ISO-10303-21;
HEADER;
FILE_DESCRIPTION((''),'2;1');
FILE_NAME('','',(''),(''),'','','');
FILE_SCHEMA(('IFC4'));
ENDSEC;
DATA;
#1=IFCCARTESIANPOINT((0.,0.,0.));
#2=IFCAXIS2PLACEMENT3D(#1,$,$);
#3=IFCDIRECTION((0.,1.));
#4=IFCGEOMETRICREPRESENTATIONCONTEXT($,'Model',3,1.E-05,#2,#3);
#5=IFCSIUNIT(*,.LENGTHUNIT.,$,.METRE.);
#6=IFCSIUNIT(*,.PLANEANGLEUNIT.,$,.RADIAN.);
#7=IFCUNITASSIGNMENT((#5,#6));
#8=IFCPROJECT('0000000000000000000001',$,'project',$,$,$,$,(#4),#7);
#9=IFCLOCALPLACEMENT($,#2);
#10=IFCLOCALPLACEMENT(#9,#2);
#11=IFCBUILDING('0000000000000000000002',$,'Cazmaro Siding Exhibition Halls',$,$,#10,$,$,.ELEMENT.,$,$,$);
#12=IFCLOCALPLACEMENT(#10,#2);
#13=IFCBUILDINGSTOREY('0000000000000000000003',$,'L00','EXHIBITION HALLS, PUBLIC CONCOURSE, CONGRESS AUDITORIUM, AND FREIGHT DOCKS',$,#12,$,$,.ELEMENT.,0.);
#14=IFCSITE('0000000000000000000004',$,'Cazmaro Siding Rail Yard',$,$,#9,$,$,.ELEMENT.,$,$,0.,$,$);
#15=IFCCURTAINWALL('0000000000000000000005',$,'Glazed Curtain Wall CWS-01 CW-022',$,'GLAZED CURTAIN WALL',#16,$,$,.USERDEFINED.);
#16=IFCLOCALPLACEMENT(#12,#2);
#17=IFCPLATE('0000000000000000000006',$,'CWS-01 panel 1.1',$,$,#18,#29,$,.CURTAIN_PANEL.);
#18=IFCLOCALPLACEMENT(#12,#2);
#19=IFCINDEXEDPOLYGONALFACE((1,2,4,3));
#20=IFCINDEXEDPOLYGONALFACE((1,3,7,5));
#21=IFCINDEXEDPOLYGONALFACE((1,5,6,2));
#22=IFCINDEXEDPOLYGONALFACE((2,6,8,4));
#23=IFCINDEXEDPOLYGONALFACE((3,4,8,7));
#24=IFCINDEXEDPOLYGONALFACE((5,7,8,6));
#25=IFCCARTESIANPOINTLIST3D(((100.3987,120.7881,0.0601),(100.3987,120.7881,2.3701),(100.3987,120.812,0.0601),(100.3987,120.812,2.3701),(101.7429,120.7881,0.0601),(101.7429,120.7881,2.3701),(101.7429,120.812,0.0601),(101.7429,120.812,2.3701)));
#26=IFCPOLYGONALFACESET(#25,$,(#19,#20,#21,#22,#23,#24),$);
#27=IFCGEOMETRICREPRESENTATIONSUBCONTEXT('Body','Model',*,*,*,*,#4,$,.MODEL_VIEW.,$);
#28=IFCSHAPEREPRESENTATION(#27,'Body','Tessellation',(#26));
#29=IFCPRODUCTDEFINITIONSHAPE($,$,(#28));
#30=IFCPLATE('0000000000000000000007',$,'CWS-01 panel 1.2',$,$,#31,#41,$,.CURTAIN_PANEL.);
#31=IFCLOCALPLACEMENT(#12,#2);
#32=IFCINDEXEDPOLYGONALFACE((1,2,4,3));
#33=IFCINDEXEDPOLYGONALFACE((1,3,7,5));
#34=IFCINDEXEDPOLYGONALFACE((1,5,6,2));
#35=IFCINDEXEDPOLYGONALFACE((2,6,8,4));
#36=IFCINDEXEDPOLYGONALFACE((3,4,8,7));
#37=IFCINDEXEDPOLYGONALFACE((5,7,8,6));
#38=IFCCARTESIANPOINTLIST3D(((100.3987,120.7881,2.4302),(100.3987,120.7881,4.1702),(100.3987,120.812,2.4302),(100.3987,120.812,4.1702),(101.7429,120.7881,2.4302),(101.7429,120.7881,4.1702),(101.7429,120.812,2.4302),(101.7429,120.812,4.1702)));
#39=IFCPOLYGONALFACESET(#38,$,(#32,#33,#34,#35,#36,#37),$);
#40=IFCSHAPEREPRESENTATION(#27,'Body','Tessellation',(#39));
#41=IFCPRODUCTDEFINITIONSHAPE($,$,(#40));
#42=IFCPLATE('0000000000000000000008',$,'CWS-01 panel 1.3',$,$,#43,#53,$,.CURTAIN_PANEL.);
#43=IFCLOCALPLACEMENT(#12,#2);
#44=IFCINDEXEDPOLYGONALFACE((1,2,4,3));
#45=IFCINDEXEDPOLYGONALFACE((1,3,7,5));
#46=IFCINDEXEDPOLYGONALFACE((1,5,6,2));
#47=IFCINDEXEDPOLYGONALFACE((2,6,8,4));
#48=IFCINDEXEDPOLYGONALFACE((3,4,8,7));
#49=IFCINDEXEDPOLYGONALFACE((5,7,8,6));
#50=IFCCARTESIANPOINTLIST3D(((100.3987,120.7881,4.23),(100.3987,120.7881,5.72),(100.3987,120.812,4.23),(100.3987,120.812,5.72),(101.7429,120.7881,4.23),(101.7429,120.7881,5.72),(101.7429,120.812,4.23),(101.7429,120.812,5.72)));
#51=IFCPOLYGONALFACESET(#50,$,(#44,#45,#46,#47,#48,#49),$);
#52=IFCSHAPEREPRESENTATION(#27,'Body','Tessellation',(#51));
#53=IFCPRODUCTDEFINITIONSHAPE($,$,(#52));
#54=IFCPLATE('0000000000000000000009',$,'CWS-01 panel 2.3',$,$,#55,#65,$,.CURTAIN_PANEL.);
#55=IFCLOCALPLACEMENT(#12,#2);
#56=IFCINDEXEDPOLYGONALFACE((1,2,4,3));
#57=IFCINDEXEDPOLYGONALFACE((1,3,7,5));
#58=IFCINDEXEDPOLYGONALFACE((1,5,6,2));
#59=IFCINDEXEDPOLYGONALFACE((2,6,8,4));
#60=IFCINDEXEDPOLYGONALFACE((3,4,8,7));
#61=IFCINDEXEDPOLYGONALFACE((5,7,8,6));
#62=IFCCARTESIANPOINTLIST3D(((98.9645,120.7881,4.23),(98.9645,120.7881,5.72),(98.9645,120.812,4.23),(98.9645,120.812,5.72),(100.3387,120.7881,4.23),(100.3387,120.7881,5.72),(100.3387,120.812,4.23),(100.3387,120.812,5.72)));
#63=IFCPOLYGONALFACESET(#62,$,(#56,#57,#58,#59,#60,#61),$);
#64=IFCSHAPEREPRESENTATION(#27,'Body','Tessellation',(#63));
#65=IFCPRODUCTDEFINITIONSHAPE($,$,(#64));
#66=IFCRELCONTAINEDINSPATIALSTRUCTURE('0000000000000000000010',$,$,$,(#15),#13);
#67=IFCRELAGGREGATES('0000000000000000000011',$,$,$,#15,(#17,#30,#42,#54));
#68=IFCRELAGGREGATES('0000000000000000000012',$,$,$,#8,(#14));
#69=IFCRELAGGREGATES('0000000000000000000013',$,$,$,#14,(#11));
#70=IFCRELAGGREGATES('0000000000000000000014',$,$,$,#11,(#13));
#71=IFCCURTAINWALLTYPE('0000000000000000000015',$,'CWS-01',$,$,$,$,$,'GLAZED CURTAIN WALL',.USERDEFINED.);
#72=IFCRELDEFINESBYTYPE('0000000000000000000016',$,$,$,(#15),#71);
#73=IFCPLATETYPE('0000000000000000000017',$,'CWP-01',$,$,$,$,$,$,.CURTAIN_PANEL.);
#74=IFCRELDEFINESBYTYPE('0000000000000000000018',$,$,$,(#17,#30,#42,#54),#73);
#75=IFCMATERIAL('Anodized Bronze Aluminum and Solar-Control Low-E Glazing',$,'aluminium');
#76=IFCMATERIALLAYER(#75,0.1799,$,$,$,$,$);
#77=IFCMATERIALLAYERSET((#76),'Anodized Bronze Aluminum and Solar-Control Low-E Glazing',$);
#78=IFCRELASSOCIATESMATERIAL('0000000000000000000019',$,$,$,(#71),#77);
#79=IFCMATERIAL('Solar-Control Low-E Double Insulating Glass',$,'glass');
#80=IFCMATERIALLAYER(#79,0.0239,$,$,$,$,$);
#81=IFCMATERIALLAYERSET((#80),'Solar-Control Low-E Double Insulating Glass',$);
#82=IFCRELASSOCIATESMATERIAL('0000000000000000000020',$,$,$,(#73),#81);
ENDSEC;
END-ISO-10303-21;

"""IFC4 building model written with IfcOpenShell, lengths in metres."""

from ifc_helpers import new_model, si_unit, direction, frame, origin, origin_2d, place, context, subcontext, project, spatial, rectangle, extrude, material, layer, layer_set, type_object, element, aggregate, save


model = new_model("IFC4")

# Units and contexts
model_context = context("Model", 3, precision=1e-05, world=origin(), true_north=direction((0.0, 1.0)))
body_context = subcontext(model_context, "Body", "Model", "MODEL_VIEW")
ifc_project = project(units=[si_unit("LENGTHUNIT", "METRE"), si_unit("PLANEANGLEUNIT", "RADIAN")], contexts=[model_context])

# Site, building, storey
site_placement = place(None, origin())
site = spatial("IfcSite", under=ifc_project, at=site_placement, Name="Cazmaro Siding Rail Yard", CompositionType="ELEMENT", RefElevation=0.0)
building_placement = place(site_placement, origin())
building = spatial("IfcBuilding", under=site, at=building_placement, Name="Cazmaro Siding Exhibition Halls", CompositionType="ELEMENT")
storey_placement = place(building_placement, origin())
storey = spatial("IfcBuildingStorey", under=building, at=storey_placement, Name="L00", Description="EXHIBITION HALLS, PUBLIC CONCOURSE, CONGRESS AUDITORIUM, AND FREIGHT DOCKS", CompositionType="ELEMENT", Elevation=0.0)

# Curtain wall
ifc_material_1 = material(Name="Anodized Bronze Aluminum and Solar-Control Low-E Glazing", Category="aluminium")
ifc_layer_1 = layer(ifc_material_1, 0.1799)
ifc_layer_set_1 = layer_set([ifc_layer_1], Name="Anodized Bronze Aluminum and Solar-Control Low-E Glazing")
curtain_wall_type = type_object("IfcCurtainWallType", Name="CWS-01", ElementType="GLAZED CURTAIN WALL", PredefinedType="USERDEFINED", material=ifc_layer_set_1)
curtain_wall_1_placement = place(storey_placement, origin())
curtain_wall_1 = element("IfcCurtainWall", 1, at=curtain_wall_1_placement, inside=storey, type_object=curtain_wall_type, Name="Glazed Curtain Wall CWS-01 CW-022", ObjectType="GLAZED CURTAIN WALL", PredefinedType="USERDEFINED")

# Plates
ifc_material_2 = material(Name="Solar-Control Low-E Double Insulating Glass", Category="glass")
ifc_layer_2 = layer(ifc_material_2, 0.0239)
ifc_layer_set_2 = layer_set([ifc_layer_2], Name="Solar-Control Low-E Double Insulating Glass")
plate_type = type_object("IfcPlateType", Name="CWP-01", PredefinedType="CURTAIN_PANEL", material=ifc_layer_set_2)
plate_1_placement = place(storey_placement, frame((101.0708, 120.8, 0.0601), z_axis=(0.0, 0.0, 1.0), x_axis=(-1.0, 0.0, 0.0)))
plate_1 = element("IfcPlate", 2, at=plate_1_placement, type_object=plate_type, Name="CWS-01 panel 1.1", PredefinedType="CURTAIN_PANEL", context=body_context, shape_type="SweptSolid", body=[
    extrude(rectangle(XDim=1.3442, YDim=0.0239, at=origin_2d()), origin(), (0.0, 0.0, 1.0), 2.3101),
])
plate_2_placement = place(storey_placement, frame((101.0708, 120.8, 2.4302), z_axis=(0.0, 0.0, 1.0), x_axis=(-1.0, 0.0, 0.0)))
plate_2 = element("IfcPlate", 3, at=plate_2_placement, type_object=plate_type, Name="CWS-01 panel 1.2", PredefinedType="CURTAIN_PANEL", context=body_context, shape_type="SweptSolid", body=[
    extrude(rectangle(XDim=1.3442, YDim=0.0239, at=origin_2d()), origin(), (0.0, 0.0, 1.0), 1.74),
])
plate_3_placement = place(storey_placement, frame((101.0708, 120.8, 4.23), z_axis=(0.0, 0.0, 1.0), x_axis=(-1.0, 0.0, 0.0)))
plate_3 = element("IfcPlate", 4, at=plate_3_placement, type_object=plate_type, Name="CWS-01 panel 1.3", PredefinedType="CURTAIN_PANEL", context=body_context, shape_type="SweptSolid", body=[
    extrude(rectangle(XDim=1.3442, YDim=0.0239, at=origin_2d()), origin(), (0.0, 0.0, 1.0), 1.49),
])
plate_4_placement = place(storey_placement, frame((99.6516, 120.8, 4.23), z_axis=(0.0, 0.0, 1.0), x_axis=(-1.0, 0.0, 0.0)))
plate_4 = element("IfcPlate", 5, at=plate_4_placement, type_object=plate_type, Name="CWS-01 panel 2.3", PredefinedType="CURTAIN_PANEL", context=body_context, shape_type="SweptSolid", body=[
    extrude(rectangle(XDim=1.3743, YDim=0.0239, at=origin_2d()), origin(), (0.0, 0.0, 1.0), 1.49),
])
aggregate(curtain_wall_1, [plate_1, plate_2, plate_3, plate_4])

save(model, "model.ifc")
